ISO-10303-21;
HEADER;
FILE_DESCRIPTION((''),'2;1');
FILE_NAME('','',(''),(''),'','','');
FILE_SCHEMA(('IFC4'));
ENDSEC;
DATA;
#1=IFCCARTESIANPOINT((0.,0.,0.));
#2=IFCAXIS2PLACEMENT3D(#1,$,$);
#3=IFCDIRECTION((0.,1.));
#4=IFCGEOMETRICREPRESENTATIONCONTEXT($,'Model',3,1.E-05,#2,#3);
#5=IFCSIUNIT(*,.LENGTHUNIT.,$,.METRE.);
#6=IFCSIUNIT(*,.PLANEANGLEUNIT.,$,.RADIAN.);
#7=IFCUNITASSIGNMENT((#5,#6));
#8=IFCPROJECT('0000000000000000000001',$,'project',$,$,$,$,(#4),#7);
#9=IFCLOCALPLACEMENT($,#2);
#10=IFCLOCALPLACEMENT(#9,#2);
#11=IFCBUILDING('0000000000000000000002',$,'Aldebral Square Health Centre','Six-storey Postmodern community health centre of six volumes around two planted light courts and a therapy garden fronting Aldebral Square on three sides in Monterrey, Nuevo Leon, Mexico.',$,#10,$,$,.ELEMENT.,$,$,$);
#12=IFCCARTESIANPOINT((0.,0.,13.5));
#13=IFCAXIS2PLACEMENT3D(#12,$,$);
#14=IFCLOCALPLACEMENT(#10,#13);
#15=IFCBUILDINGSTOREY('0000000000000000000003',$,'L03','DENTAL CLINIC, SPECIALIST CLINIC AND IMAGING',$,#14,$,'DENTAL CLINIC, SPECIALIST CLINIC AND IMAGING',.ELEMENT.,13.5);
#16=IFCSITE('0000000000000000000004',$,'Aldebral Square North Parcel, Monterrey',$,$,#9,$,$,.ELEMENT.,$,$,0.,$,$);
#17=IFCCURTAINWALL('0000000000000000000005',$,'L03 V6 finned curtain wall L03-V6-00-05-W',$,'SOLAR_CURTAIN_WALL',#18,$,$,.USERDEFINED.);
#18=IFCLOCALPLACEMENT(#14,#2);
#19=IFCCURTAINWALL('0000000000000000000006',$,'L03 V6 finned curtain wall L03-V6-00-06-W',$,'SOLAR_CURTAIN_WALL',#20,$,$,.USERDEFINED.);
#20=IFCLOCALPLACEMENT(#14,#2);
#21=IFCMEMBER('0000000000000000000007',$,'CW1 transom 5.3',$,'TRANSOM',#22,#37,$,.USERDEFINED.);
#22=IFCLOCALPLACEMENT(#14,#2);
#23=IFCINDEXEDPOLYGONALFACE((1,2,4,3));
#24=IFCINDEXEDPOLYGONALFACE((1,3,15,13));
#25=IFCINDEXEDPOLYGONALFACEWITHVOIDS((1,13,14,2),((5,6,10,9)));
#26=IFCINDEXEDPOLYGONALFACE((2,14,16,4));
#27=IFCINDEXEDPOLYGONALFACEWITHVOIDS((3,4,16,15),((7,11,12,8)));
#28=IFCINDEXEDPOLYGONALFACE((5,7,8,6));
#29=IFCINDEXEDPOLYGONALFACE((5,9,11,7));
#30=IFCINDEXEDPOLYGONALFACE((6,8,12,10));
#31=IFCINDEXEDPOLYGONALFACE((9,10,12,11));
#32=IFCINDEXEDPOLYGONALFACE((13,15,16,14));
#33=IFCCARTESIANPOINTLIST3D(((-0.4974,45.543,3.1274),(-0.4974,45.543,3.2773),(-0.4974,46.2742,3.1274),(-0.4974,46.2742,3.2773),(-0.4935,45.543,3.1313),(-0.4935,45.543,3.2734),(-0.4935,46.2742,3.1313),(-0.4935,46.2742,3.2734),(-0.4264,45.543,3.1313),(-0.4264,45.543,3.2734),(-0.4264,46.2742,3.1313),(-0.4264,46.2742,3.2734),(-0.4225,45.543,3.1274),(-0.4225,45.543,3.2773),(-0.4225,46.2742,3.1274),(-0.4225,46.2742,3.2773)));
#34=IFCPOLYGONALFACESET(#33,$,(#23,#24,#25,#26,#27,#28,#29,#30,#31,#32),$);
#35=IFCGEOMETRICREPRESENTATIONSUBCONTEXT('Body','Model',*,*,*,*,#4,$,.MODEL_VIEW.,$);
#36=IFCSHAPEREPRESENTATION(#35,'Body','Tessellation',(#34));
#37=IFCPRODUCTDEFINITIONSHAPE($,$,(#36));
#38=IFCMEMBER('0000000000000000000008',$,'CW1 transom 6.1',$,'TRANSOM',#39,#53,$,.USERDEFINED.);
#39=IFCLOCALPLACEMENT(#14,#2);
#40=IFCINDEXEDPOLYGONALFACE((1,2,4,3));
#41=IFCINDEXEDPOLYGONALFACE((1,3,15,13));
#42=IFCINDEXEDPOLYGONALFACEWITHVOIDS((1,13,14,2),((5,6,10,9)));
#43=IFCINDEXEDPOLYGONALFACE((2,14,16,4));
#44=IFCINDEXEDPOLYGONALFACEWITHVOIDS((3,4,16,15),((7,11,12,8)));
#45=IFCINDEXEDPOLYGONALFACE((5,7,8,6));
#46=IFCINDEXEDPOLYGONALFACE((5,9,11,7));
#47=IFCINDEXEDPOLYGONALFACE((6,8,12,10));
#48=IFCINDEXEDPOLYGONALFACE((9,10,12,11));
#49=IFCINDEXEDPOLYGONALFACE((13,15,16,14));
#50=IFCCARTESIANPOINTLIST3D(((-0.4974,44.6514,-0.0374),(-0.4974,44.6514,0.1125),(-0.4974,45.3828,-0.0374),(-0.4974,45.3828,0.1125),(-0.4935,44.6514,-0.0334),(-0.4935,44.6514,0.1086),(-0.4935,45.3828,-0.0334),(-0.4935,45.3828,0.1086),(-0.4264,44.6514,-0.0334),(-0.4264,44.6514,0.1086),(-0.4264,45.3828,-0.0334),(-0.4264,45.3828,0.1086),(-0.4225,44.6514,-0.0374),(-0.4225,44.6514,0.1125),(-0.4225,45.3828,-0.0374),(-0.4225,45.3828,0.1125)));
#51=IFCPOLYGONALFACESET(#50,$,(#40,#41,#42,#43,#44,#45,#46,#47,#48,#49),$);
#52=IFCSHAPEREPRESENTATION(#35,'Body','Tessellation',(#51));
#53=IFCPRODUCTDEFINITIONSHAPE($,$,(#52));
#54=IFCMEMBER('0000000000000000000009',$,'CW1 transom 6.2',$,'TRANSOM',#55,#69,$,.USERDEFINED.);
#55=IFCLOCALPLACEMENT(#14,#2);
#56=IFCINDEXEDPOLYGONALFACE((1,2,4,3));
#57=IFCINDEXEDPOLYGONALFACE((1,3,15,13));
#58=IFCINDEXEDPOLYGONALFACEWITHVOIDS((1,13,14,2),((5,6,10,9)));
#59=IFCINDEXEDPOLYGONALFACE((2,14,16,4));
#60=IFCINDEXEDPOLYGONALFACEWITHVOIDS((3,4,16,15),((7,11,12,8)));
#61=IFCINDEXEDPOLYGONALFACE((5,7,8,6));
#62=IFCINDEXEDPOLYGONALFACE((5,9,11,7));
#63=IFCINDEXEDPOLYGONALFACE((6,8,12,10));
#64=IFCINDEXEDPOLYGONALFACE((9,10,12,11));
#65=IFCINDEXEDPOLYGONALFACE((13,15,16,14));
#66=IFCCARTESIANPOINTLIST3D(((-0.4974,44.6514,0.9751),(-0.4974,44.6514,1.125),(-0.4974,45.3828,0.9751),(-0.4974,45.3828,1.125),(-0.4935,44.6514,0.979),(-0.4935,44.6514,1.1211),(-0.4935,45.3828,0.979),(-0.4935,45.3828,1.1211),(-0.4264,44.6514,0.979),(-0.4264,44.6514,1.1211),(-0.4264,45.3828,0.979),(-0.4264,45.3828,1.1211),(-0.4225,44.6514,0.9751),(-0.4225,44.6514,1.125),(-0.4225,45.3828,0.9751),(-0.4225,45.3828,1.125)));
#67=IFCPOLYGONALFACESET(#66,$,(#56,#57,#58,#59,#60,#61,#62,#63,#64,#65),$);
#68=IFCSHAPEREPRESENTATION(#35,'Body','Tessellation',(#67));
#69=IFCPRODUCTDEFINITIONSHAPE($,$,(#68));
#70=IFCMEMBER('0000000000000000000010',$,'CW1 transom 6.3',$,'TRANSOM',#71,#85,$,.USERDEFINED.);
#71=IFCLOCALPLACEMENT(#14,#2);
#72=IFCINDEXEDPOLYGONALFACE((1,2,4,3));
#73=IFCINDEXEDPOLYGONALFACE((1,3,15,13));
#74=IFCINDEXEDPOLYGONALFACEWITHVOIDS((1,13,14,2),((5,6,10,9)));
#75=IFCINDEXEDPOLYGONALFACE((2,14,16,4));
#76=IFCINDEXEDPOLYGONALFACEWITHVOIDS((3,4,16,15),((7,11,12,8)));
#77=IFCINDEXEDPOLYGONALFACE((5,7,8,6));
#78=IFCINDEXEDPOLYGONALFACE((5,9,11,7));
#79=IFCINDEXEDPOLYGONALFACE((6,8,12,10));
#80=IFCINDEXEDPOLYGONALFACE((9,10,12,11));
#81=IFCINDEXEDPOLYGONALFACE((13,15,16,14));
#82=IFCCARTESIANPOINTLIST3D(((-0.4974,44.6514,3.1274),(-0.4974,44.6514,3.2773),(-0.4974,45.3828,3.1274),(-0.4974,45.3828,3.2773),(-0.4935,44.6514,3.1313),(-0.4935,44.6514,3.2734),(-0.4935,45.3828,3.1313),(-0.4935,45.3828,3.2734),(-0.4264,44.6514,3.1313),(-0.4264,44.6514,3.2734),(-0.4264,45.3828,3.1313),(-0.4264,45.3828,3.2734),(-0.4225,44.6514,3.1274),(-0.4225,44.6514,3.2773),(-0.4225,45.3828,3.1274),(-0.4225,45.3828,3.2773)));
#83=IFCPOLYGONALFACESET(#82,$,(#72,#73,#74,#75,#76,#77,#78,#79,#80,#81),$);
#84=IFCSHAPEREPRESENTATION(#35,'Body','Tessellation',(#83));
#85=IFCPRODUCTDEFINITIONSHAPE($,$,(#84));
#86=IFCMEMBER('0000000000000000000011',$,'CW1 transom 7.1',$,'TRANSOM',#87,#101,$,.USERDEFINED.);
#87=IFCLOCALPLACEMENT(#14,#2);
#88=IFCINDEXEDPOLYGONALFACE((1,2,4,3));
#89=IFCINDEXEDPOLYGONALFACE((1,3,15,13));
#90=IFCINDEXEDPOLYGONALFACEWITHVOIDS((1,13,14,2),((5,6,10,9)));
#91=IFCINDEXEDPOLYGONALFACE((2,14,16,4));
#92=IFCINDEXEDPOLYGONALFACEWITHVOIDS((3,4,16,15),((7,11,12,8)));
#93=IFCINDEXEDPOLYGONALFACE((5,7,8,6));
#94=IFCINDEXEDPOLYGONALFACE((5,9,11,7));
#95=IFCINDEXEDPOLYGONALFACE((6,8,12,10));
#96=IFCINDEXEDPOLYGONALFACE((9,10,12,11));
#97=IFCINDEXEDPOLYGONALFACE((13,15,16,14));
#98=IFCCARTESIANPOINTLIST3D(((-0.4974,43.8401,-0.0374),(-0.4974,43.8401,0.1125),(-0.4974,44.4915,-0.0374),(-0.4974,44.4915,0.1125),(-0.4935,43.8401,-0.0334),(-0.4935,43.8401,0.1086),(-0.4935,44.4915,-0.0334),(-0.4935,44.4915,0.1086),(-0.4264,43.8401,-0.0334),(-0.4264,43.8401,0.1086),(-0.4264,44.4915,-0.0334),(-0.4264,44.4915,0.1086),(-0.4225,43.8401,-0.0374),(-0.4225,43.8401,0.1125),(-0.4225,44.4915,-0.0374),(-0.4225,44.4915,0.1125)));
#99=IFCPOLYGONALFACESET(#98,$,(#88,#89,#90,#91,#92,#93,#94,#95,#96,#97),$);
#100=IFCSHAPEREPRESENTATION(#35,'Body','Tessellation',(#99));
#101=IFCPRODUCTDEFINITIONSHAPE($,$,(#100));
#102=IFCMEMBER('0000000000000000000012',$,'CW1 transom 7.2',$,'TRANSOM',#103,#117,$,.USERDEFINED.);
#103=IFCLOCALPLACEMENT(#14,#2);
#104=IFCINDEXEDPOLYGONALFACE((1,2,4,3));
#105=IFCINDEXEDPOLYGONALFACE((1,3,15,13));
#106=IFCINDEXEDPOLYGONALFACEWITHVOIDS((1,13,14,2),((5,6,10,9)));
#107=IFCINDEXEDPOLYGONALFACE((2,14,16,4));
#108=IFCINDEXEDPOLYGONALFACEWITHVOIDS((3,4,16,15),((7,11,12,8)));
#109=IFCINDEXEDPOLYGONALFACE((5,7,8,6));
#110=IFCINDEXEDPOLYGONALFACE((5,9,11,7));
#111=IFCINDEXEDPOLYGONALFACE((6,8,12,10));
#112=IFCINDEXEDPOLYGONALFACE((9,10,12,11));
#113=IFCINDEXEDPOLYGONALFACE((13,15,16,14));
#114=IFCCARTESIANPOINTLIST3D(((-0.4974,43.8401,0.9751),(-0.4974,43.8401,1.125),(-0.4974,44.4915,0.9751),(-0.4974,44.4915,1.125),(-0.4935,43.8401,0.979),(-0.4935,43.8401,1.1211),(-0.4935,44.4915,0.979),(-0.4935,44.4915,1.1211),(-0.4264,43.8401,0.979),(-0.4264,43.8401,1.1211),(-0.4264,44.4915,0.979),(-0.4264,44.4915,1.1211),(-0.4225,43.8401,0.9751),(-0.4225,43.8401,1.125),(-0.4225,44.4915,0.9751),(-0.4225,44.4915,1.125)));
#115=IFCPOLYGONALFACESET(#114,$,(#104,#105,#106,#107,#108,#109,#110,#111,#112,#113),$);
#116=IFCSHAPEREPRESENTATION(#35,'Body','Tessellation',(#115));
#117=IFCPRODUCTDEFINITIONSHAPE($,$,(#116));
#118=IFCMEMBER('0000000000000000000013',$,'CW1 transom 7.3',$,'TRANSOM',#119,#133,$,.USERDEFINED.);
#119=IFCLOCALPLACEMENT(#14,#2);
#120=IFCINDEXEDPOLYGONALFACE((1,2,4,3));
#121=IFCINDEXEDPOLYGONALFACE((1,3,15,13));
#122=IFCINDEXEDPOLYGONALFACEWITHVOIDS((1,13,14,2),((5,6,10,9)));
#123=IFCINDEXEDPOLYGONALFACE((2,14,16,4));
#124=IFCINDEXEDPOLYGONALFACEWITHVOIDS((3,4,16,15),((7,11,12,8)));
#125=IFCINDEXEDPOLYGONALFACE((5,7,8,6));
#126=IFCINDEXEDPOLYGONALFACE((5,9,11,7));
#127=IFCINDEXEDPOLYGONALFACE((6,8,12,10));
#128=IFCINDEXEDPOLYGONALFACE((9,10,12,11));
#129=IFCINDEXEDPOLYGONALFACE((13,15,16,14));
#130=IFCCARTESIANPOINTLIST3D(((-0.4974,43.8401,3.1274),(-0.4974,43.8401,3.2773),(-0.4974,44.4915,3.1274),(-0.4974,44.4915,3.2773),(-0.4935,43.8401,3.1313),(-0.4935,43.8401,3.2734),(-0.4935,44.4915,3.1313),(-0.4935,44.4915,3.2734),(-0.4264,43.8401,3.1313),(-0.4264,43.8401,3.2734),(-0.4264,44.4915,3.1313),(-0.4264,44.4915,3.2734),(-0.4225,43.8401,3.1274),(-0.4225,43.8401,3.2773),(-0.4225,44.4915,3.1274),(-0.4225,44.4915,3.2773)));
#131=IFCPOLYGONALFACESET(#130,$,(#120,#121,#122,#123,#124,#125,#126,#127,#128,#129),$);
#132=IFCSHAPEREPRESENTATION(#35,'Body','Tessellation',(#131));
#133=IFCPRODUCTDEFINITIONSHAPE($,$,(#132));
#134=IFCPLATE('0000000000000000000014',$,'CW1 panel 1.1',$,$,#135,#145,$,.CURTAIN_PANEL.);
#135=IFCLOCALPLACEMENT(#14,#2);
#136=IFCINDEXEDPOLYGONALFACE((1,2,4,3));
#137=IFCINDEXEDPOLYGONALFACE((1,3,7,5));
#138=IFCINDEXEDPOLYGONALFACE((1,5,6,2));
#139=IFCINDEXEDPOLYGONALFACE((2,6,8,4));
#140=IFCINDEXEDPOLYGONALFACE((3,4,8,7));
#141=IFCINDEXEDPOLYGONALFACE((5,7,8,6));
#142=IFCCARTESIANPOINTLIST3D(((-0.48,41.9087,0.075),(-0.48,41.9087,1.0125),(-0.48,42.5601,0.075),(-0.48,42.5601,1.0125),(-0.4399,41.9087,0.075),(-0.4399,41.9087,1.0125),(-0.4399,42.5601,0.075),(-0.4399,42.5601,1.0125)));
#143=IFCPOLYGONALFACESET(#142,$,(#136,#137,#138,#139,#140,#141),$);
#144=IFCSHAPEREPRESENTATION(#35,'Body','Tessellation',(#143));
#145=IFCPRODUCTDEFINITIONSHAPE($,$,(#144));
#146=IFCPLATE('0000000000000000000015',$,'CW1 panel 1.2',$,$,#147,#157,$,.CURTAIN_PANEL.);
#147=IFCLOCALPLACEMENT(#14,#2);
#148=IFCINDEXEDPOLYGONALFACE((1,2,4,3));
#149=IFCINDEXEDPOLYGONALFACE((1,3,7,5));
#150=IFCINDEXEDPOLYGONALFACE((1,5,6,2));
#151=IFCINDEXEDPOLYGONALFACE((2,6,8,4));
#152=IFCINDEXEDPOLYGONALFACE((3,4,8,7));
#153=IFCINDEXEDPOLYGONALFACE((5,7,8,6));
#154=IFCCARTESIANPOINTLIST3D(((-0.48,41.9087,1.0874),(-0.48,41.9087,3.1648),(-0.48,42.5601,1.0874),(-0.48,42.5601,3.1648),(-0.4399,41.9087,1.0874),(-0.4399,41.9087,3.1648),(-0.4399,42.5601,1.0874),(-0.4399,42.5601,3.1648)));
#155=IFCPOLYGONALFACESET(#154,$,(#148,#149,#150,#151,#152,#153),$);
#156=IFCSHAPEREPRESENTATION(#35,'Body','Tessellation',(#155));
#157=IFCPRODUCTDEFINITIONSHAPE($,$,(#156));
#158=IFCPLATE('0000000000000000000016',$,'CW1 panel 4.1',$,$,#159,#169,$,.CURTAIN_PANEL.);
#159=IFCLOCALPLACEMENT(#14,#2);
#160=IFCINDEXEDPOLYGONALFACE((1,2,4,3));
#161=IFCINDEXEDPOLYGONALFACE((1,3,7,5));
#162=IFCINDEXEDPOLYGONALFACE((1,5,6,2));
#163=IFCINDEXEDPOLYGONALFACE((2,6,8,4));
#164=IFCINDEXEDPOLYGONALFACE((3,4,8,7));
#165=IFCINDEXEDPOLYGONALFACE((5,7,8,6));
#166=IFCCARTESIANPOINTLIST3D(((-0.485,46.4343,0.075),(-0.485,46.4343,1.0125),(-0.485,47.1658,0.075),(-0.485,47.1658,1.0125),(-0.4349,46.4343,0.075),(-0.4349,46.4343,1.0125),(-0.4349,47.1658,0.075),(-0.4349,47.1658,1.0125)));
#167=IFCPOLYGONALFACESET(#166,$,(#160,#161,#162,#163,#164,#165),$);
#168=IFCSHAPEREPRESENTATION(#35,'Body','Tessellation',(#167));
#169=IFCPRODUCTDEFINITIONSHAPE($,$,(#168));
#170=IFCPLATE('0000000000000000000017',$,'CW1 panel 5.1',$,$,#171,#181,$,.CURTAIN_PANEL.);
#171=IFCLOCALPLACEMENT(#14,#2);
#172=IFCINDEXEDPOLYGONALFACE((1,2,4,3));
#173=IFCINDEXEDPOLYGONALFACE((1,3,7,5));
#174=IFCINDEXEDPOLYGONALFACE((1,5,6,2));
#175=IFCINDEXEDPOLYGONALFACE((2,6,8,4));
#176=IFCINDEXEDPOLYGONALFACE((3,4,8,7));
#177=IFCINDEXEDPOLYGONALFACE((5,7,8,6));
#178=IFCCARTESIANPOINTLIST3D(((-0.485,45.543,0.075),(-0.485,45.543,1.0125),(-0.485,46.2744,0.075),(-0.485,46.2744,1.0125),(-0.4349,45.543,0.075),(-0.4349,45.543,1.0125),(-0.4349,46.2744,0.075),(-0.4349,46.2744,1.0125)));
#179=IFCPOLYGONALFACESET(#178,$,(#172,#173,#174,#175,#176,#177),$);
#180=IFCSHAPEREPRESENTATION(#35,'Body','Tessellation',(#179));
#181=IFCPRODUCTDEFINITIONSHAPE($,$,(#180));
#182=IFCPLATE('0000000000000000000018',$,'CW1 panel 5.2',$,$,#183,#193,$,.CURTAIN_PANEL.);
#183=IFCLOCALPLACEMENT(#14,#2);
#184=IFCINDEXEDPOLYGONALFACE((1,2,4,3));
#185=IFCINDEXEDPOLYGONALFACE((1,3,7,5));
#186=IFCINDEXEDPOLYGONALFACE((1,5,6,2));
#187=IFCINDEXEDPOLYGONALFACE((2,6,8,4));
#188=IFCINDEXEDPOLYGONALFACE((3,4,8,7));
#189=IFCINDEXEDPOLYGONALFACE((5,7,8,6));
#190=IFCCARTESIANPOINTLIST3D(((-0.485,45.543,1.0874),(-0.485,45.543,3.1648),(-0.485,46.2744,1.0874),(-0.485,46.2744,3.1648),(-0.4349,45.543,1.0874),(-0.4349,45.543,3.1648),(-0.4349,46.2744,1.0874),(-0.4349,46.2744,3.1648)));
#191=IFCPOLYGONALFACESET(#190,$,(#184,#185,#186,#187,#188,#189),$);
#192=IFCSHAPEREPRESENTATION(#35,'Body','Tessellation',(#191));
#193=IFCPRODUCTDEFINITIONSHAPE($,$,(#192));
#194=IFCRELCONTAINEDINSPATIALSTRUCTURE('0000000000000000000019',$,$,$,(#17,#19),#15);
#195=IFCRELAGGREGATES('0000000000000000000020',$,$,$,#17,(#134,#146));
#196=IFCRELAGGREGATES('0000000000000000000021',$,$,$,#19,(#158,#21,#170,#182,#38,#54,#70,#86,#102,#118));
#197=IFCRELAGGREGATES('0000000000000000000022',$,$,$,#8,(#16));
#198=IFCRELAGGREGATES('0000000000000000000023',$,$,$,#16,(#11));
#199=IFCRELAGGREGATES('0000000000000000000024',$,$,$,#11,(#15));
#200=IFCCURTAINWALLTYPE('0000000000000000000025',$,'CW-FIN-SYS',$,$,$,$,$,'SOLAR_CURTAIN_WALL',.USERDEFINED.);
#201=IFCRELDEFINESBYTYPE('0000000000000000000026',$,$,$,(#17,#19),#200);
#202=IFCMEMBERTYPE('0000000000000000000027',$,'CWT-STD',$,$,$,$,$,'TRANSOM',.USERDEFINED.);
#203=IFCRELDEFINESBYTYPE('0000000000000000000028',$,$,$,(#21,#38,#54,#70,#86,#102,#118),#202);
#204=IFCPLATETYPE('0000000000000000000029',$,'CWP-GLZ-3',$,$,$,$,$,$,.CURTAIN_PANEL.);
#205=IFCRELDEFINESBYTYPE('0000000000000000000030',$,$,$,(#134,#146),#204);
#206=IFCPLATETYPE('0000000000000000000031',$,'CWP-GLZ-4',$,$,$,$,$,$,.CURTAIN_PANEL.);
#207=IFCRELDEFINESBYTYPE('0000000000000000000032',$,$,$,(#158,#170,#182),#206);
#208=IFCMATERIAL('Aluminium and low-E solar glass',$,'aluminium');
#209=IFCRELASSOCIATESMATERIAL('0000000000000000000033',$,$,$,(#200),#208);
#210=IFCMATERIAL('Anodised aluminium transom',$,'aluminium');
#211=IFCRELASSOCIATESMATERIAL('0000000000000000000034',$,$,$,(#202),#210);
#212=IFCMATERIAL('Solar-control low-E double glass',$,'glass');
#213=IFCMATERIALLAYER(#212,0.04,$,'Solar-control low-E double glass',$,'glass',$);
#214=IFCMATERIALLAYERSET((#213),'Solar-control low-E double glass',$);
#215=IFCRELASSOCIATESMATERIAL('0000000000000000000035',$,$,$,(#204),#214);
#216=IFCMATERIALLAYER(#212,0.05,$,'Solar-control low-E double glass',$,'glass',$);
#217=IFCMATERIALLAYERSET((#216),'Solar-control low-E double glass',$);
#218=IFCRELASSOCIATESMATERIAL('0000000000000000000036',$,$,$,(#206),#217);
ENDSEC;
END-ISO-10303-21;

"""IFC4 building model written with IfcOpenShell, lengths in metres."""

from ifc_helpers import new_model, si_unit, direction, frame, origin, origin_2d, place, context, subcontext, project, spatial, rectangle, hollow_rectangle, extrude, material, layer, layer_set, material_profile, profile_set, type_object, element, aggregate, save


model = new_model("IFC4")

# Units and contexts
model_context = context("Model", 3, precision=1e-05, world=origin(), true_north=direction((0.0, 1.0)))
body_context = subcontext(model_context, "Body", "Model", "MODEL_VIEW")
ifc_project = project(units=[si_unit("LENGTHUNIT", "METRE"), si_unit("PLANEANGLEUNIT", "RADIAN")], contexts=[model_context])

# Site, building, storey
site_placement = place(None, origin())
site = spatial("IfcSite", under=ifc_project, at=site_placement, Name="Aldebral Square North Parcel, Monterrey", CompositionType="ELEMENT", RefElevation=0.0)
building_placement = place(site_placement, origin())
building = spatial("IfcBuilding", under=site, at=building_placement, Name="Aldebral Square Health Centre", Description="Six-storey Postmodern community health centre of six volumes around two planted light courts and a therapy garden fronting Aldebral Square on three sides in Monterrey, Nuevo Leon, Mexico.", CompositionType="ELEMENT")
storey_placement = place(building_placement, frame((0.0, 0.0, 13.5)))
storey = spatial("IfcBuildingStorey", under=building, at=storey_placement, Name="L03", Description="DENTAL CLINIC, SPECIALIST CLINIC AND IMAGING", LongName="DENTAL CLINIC, SPECIALIST CLINIC AND IMAGING", CompositionType="ELEMENT", Elevation=13.5)

# Curtain walls
ifc_material_1 = material(Name="Aluminium and low-E solar glass", Category="aluminium")
curtain_wall_type = type_object("IfcCurtainWallType", Name="CW-FIN-SYS", ElementType="SOLAR_CURTAIN_WALL", PredefinedType="USERDEFINED", material=ifc_material_1)
curtain_wall_1_placement = place(storey_placement, origin())
curtain_wall_1 = element("IfcCurtainWall", 1, at=curtain_wall_1_placement, inside=storey, type_object=curtain_wall_type, Name="L03 V6 finned curtain wall L03-V6-00-05-W", ObjectType="SOLAR_CURTAIN_WALL", PredefinedType="USERDEFINED")
curtain_wall_2_placement = place(storey_placement, origin())
curtain_wall_2 = element("IfcCurtainWall", 2, at=curtain_wall_2_placement, inside=storey, type_object=curtain_wall_type, Name="L03 V6 finned curtain wall L03-V6-00-06-W", ObjectType="SOLAR_CURTAIN_WALL", PredefinedType="USERDEFINED")

# Members
ifc_material_2 = material(Name="Anodised aluminium transom", Category="aluminium")
ifc_material_profile_1 = material_profile(ifc_material_2, hollow_rectangle(XDim=0.075, YDim=0.1499, WallThickness=0.0039, at=origin_2d()), Name="CWT 75x150x4")
ifc_profile_set_1 = profile_set([ifc_material_profile_1], Name="Anodised aluminium transom")
member_type_1 = type_object("IfcMemberType", Name="CWT-STD", ElementType="TRANSOM", PredefinedType="USERDEFINED", material=ifc_profile_set_1)
member_1_placement = place(storey_placement, frame((-0.46, 46.2742, 3.2024), z_axis=(0.0, -1.0, 0.0), x_axis=(1.0, 0.0, 0.0)))
member_1 = element("IfcMember", 3, at=member_1_placement, type_object=member_type_1, Name="CW1 transom 5.3", ObjectType="TRANSOM", PredefinedType="USERDEFINED", context=body_context, shape_type="SweptSolid", body=[
    extrude(hollow_rectangle(XDim=0.075, YDim=0.1499, WallThickness=0.0039, at=origin_2d()), origin(), (0.0, 0.0, 1.0), 0.7312),
])
member_2_placement = place(storey_placement, frame((-0.46, 45.3828, 0.0376), z_axis=(0.0, -1.0, 0.0), x_axis=(1.0, 0.0, 0.0)))
member_2 = element("IfcMember", 4, at=member_2_placement, type_object=member_type_1, Name="CW1 transom 6.1", ObjectType="TRANSOM", PredefinedType="USERDEFINED", context=body_context, shape_type="SweptSolid", body=[
    extrude(hollow_rectangle(XDim=0.075, YDim=0.1499, WallThickness=0.0039, at=origin_2d()), origin(), (0.0, 0.0, 1.0), 0.7314),
])
member_3_placement = place(storey_placement, frame((-0.46, 45.3828, 1.05), z_axis=(0.0, -1.0, 0.0), x_axis=(1.0, 0.0, 0.0)))
member_3 = element("IfcMember", 5, at=member_3_placement, type_object=member_type_1, Name="CW1 transom 6.2", ObjectType="TRANSOM", PredefinedType="USERDEFINED", context=body_context, shape_type="SweptSolid", body=[
    extrude(hollow_rectangle(XDim=0.075, YDim=0.1499, WallThickness=0.0039, at=origin_2d()), origin(), (0.0, 0.0, 1.0), 0.7314),
])
member_4_placement = place(storey_placement, frame((-0.46, 45.3828, 3.2024), z_axis=(0.0, -1.0, 0.0), x_axis=(1.0, 0.0, 0.0)))
member_4 = element("IfcMember", 6, at=member_4_placement, type_object=member_type_1, Name="CW1 transom 6.3", ObjectType="TRANSOM", PredefinedType="USERDEFINED", context=body_context, shape_type="SweptSolid", body=[
    extrude(hollow_rectangle(XDim=0.075, YDim=0.1499, WallThickness=0.0039, at=origin_2d()), origin(), (0.0, 0.0, 1.0), 0.7314),
])
member_5_placement = place(storey_placement, frame((-0.46, 44.4915, 0.0376), z_axis=(0.0, -1.0, 0.0), x_axis=(1.0, 0.0, 0.0)))
member_5 = element("IfcMember", 7, at=member_5_placement, type_object=member_type_1, Name="CW1 transom 7.1", ObjectType="TRANSOM", PredefinedType="USERDEFINED", context=body_context, shape_type="SweptSolid", body=[
    extrude(hollow_rectangle(XDim=0.075, YDim=0.1499, WallThickness=0.0039, at=origin_2d()), origin(), (0.0, 0.0, 1.0), 0.6514),
])
member_6_placement = place(storey_placement, frame((-0.46, 44.4915, 1.05), z_axis=(0.0, -1.0, 0.0), x_axis=(1.0, 0.0, 0.0)))
member_6 = element("IfcMember", 8, at=member_6_placement, type_object=member_type_1, Name="CW1 transom 7.2", ObjectType="TRANSOM", PredefinedType="USERDEFINED", context=body_context, shape_type="SweptSolid", body=[
    extrude(hollow_rectangle(XDim=0.075, YDim=0.1499, WallThickness=0.0039, at=origin_2d()), origin(), (0.0, 0.0, 1.0), 0.6514),
])
member_7_placement = place(storey_placement, frame((-0.46, 44.4915, 3.2024), z_axis=(0.0, -1.0, 0.0), x_axis=(1.0, 0.0, 0.0)))
member_7 = element("IfcMember", 9, at=member_7_placement, type_object=member_type_1, Name="CW1 transom 7.3", ObjectType="TRANSOM", PredefinedType="USERDEFINED", context=body_context, shape_type="SweptSolid", body=[
    extrude(hollow_rectangle(XDim=0.075, YDim=0.1499, WallThickness=0.0039, at=origin_2d()), origin(), (0.0, 0.0, 1.0), 0.6514),
])

# Plates
ifc_material_3 = material(Name="Solar-control low-E double glass", Category="glass")
ifc_layer_1 = layer(ifc_material_3, 0.04, Name="Solar-control low-E double glass", Category="glass")
ifc_layer_set_1 = layer_set([ifc_layer_1], Name="Solar-control low-E double glass")
plate_type_1 = type_object("IfcPlateType", Name="CWP-GLZ-3", PredefinedType="CURTAIN_PANEL", material=ifc_layer_set_1)
plate_1_placement = place(storey_placement, frame((-0.46, 42.2344, 0.075), z_axis=(0.0, 0.0, 1.0), x_axis=(0.0, -1.0, 0.0)))
plate_1 = element("IfcPlate", 10, at=plate_1_placement, type_object=plate_type_1, Name="CW1 panel 1.1", PredefinedType="CURTAIN_PANEL", context=body_context, shape_type="SweptSolid", body=[
    extrude(rectangle(XDim=0.6514, YDim=0.04, at=origin_2d()), origin(), (0.0, 0.0, 1.0), 0.9375),
])
plate_2_placement = place(storey_placement, frame((-0.46, 42.2344, 1.0874), z_axis=(0.0, 0.0, 1.0), x_axis=(0.0, -1.0, 0.0)))
plate_2 = element("IfcPlate", 11, at=plate_2_placement, type_object=plate_type_1, Name="CW1 panel 1.2", PredefinedType="CURTAIN_PANEL", context=body_context, shape_type="SweptSolid", body=[
    extrude(rectangle(XDim=0.6514, YDim=0.04, at=origin_2d()), origin(), (0.0, 0.0, 1.0), 2.0774),
])
aggregate(curtain_wall_1, [plate_1, plate_2])
ifc_layer_2 = layer(ifc_material_3, 0.05, Name="Solar-control low-E double glass", Category="glass")
ifc_layer_set_2 = layer_set([ifc_layer_2], Name="Solar-control low-E double glass")
plate_type_2 = type_object("IfcPlateType", Name="CWP-GLZ-4", PredefinedType="CURTAIN_PANEL", material=ifc_layer_set_2)
plate_3_placement = place(storey_placement, frame((-0.46, 46.8, 0.075), z_axis=(0.0, 0.0, 1.0), x_axis=(0.0, -1.0, 0.0)))
plate_3 = element("IfcPlate", 12, at=plate_3_placement, type_object=plate_type_2, Name="CW1 panel 4.1", PredefinedType="CURTAIN_PANEL", context=body_context, shape_type="SweptSolid", body=[
    extrude(rectangle(XDim=0.7314, YDim=0.05, at=origin_2d()), origin(), (0.0, 0.0, 1.0), 0.9375),
])
plate_4_placement = place(storey_placement, frame((-0.46, 45.9087, 0.075), z_axis=(0.0, 0.0, 1.0), x_axis=(0.0, -1.0, 0.0)))
plate_4 = element("IfcPlate", 13, at=plate_4_placement, type_object=plate_type_2, Name="CW1 panel 5.1", PredefinedType="CURTAIN_PANEL", context=body_context, shape_type="SweptSolid", body=[
    extrude(rectangle(XDim=0.7314, YDim=0.05, at=origin_2d()), origin(), (0.0, 0.0, 1.0), 0.9375),
])
plate_5_placement = place(storey_placement, frame((-0.46, 45.9087, 1.0874), z_axis=(0.0, 0.0, 1.0), x_axis=(0.0, -1.0, 0.0)))
plate_5 = element("IfcPlate", 14, at=plate_5_placement, type_object=plate_type_2, Name="CW1 panel 5.2", PredefinedType="CURTAIN_PANEL", context=body_context, shape_type="SweptSolid", body=[
    extrude(rectangle(XDim=0.7314, YDim=0.05, at=origin_2d()), origin(), (0.0, 0.0, 1.0), 2.0774),
])
aggregate(curtain_wall_2, [plate_3, member_1, plate_4, plate_5, member_2, member_3, member_4, member_5, member_6, member_7])

save(model, "model.ifc")
